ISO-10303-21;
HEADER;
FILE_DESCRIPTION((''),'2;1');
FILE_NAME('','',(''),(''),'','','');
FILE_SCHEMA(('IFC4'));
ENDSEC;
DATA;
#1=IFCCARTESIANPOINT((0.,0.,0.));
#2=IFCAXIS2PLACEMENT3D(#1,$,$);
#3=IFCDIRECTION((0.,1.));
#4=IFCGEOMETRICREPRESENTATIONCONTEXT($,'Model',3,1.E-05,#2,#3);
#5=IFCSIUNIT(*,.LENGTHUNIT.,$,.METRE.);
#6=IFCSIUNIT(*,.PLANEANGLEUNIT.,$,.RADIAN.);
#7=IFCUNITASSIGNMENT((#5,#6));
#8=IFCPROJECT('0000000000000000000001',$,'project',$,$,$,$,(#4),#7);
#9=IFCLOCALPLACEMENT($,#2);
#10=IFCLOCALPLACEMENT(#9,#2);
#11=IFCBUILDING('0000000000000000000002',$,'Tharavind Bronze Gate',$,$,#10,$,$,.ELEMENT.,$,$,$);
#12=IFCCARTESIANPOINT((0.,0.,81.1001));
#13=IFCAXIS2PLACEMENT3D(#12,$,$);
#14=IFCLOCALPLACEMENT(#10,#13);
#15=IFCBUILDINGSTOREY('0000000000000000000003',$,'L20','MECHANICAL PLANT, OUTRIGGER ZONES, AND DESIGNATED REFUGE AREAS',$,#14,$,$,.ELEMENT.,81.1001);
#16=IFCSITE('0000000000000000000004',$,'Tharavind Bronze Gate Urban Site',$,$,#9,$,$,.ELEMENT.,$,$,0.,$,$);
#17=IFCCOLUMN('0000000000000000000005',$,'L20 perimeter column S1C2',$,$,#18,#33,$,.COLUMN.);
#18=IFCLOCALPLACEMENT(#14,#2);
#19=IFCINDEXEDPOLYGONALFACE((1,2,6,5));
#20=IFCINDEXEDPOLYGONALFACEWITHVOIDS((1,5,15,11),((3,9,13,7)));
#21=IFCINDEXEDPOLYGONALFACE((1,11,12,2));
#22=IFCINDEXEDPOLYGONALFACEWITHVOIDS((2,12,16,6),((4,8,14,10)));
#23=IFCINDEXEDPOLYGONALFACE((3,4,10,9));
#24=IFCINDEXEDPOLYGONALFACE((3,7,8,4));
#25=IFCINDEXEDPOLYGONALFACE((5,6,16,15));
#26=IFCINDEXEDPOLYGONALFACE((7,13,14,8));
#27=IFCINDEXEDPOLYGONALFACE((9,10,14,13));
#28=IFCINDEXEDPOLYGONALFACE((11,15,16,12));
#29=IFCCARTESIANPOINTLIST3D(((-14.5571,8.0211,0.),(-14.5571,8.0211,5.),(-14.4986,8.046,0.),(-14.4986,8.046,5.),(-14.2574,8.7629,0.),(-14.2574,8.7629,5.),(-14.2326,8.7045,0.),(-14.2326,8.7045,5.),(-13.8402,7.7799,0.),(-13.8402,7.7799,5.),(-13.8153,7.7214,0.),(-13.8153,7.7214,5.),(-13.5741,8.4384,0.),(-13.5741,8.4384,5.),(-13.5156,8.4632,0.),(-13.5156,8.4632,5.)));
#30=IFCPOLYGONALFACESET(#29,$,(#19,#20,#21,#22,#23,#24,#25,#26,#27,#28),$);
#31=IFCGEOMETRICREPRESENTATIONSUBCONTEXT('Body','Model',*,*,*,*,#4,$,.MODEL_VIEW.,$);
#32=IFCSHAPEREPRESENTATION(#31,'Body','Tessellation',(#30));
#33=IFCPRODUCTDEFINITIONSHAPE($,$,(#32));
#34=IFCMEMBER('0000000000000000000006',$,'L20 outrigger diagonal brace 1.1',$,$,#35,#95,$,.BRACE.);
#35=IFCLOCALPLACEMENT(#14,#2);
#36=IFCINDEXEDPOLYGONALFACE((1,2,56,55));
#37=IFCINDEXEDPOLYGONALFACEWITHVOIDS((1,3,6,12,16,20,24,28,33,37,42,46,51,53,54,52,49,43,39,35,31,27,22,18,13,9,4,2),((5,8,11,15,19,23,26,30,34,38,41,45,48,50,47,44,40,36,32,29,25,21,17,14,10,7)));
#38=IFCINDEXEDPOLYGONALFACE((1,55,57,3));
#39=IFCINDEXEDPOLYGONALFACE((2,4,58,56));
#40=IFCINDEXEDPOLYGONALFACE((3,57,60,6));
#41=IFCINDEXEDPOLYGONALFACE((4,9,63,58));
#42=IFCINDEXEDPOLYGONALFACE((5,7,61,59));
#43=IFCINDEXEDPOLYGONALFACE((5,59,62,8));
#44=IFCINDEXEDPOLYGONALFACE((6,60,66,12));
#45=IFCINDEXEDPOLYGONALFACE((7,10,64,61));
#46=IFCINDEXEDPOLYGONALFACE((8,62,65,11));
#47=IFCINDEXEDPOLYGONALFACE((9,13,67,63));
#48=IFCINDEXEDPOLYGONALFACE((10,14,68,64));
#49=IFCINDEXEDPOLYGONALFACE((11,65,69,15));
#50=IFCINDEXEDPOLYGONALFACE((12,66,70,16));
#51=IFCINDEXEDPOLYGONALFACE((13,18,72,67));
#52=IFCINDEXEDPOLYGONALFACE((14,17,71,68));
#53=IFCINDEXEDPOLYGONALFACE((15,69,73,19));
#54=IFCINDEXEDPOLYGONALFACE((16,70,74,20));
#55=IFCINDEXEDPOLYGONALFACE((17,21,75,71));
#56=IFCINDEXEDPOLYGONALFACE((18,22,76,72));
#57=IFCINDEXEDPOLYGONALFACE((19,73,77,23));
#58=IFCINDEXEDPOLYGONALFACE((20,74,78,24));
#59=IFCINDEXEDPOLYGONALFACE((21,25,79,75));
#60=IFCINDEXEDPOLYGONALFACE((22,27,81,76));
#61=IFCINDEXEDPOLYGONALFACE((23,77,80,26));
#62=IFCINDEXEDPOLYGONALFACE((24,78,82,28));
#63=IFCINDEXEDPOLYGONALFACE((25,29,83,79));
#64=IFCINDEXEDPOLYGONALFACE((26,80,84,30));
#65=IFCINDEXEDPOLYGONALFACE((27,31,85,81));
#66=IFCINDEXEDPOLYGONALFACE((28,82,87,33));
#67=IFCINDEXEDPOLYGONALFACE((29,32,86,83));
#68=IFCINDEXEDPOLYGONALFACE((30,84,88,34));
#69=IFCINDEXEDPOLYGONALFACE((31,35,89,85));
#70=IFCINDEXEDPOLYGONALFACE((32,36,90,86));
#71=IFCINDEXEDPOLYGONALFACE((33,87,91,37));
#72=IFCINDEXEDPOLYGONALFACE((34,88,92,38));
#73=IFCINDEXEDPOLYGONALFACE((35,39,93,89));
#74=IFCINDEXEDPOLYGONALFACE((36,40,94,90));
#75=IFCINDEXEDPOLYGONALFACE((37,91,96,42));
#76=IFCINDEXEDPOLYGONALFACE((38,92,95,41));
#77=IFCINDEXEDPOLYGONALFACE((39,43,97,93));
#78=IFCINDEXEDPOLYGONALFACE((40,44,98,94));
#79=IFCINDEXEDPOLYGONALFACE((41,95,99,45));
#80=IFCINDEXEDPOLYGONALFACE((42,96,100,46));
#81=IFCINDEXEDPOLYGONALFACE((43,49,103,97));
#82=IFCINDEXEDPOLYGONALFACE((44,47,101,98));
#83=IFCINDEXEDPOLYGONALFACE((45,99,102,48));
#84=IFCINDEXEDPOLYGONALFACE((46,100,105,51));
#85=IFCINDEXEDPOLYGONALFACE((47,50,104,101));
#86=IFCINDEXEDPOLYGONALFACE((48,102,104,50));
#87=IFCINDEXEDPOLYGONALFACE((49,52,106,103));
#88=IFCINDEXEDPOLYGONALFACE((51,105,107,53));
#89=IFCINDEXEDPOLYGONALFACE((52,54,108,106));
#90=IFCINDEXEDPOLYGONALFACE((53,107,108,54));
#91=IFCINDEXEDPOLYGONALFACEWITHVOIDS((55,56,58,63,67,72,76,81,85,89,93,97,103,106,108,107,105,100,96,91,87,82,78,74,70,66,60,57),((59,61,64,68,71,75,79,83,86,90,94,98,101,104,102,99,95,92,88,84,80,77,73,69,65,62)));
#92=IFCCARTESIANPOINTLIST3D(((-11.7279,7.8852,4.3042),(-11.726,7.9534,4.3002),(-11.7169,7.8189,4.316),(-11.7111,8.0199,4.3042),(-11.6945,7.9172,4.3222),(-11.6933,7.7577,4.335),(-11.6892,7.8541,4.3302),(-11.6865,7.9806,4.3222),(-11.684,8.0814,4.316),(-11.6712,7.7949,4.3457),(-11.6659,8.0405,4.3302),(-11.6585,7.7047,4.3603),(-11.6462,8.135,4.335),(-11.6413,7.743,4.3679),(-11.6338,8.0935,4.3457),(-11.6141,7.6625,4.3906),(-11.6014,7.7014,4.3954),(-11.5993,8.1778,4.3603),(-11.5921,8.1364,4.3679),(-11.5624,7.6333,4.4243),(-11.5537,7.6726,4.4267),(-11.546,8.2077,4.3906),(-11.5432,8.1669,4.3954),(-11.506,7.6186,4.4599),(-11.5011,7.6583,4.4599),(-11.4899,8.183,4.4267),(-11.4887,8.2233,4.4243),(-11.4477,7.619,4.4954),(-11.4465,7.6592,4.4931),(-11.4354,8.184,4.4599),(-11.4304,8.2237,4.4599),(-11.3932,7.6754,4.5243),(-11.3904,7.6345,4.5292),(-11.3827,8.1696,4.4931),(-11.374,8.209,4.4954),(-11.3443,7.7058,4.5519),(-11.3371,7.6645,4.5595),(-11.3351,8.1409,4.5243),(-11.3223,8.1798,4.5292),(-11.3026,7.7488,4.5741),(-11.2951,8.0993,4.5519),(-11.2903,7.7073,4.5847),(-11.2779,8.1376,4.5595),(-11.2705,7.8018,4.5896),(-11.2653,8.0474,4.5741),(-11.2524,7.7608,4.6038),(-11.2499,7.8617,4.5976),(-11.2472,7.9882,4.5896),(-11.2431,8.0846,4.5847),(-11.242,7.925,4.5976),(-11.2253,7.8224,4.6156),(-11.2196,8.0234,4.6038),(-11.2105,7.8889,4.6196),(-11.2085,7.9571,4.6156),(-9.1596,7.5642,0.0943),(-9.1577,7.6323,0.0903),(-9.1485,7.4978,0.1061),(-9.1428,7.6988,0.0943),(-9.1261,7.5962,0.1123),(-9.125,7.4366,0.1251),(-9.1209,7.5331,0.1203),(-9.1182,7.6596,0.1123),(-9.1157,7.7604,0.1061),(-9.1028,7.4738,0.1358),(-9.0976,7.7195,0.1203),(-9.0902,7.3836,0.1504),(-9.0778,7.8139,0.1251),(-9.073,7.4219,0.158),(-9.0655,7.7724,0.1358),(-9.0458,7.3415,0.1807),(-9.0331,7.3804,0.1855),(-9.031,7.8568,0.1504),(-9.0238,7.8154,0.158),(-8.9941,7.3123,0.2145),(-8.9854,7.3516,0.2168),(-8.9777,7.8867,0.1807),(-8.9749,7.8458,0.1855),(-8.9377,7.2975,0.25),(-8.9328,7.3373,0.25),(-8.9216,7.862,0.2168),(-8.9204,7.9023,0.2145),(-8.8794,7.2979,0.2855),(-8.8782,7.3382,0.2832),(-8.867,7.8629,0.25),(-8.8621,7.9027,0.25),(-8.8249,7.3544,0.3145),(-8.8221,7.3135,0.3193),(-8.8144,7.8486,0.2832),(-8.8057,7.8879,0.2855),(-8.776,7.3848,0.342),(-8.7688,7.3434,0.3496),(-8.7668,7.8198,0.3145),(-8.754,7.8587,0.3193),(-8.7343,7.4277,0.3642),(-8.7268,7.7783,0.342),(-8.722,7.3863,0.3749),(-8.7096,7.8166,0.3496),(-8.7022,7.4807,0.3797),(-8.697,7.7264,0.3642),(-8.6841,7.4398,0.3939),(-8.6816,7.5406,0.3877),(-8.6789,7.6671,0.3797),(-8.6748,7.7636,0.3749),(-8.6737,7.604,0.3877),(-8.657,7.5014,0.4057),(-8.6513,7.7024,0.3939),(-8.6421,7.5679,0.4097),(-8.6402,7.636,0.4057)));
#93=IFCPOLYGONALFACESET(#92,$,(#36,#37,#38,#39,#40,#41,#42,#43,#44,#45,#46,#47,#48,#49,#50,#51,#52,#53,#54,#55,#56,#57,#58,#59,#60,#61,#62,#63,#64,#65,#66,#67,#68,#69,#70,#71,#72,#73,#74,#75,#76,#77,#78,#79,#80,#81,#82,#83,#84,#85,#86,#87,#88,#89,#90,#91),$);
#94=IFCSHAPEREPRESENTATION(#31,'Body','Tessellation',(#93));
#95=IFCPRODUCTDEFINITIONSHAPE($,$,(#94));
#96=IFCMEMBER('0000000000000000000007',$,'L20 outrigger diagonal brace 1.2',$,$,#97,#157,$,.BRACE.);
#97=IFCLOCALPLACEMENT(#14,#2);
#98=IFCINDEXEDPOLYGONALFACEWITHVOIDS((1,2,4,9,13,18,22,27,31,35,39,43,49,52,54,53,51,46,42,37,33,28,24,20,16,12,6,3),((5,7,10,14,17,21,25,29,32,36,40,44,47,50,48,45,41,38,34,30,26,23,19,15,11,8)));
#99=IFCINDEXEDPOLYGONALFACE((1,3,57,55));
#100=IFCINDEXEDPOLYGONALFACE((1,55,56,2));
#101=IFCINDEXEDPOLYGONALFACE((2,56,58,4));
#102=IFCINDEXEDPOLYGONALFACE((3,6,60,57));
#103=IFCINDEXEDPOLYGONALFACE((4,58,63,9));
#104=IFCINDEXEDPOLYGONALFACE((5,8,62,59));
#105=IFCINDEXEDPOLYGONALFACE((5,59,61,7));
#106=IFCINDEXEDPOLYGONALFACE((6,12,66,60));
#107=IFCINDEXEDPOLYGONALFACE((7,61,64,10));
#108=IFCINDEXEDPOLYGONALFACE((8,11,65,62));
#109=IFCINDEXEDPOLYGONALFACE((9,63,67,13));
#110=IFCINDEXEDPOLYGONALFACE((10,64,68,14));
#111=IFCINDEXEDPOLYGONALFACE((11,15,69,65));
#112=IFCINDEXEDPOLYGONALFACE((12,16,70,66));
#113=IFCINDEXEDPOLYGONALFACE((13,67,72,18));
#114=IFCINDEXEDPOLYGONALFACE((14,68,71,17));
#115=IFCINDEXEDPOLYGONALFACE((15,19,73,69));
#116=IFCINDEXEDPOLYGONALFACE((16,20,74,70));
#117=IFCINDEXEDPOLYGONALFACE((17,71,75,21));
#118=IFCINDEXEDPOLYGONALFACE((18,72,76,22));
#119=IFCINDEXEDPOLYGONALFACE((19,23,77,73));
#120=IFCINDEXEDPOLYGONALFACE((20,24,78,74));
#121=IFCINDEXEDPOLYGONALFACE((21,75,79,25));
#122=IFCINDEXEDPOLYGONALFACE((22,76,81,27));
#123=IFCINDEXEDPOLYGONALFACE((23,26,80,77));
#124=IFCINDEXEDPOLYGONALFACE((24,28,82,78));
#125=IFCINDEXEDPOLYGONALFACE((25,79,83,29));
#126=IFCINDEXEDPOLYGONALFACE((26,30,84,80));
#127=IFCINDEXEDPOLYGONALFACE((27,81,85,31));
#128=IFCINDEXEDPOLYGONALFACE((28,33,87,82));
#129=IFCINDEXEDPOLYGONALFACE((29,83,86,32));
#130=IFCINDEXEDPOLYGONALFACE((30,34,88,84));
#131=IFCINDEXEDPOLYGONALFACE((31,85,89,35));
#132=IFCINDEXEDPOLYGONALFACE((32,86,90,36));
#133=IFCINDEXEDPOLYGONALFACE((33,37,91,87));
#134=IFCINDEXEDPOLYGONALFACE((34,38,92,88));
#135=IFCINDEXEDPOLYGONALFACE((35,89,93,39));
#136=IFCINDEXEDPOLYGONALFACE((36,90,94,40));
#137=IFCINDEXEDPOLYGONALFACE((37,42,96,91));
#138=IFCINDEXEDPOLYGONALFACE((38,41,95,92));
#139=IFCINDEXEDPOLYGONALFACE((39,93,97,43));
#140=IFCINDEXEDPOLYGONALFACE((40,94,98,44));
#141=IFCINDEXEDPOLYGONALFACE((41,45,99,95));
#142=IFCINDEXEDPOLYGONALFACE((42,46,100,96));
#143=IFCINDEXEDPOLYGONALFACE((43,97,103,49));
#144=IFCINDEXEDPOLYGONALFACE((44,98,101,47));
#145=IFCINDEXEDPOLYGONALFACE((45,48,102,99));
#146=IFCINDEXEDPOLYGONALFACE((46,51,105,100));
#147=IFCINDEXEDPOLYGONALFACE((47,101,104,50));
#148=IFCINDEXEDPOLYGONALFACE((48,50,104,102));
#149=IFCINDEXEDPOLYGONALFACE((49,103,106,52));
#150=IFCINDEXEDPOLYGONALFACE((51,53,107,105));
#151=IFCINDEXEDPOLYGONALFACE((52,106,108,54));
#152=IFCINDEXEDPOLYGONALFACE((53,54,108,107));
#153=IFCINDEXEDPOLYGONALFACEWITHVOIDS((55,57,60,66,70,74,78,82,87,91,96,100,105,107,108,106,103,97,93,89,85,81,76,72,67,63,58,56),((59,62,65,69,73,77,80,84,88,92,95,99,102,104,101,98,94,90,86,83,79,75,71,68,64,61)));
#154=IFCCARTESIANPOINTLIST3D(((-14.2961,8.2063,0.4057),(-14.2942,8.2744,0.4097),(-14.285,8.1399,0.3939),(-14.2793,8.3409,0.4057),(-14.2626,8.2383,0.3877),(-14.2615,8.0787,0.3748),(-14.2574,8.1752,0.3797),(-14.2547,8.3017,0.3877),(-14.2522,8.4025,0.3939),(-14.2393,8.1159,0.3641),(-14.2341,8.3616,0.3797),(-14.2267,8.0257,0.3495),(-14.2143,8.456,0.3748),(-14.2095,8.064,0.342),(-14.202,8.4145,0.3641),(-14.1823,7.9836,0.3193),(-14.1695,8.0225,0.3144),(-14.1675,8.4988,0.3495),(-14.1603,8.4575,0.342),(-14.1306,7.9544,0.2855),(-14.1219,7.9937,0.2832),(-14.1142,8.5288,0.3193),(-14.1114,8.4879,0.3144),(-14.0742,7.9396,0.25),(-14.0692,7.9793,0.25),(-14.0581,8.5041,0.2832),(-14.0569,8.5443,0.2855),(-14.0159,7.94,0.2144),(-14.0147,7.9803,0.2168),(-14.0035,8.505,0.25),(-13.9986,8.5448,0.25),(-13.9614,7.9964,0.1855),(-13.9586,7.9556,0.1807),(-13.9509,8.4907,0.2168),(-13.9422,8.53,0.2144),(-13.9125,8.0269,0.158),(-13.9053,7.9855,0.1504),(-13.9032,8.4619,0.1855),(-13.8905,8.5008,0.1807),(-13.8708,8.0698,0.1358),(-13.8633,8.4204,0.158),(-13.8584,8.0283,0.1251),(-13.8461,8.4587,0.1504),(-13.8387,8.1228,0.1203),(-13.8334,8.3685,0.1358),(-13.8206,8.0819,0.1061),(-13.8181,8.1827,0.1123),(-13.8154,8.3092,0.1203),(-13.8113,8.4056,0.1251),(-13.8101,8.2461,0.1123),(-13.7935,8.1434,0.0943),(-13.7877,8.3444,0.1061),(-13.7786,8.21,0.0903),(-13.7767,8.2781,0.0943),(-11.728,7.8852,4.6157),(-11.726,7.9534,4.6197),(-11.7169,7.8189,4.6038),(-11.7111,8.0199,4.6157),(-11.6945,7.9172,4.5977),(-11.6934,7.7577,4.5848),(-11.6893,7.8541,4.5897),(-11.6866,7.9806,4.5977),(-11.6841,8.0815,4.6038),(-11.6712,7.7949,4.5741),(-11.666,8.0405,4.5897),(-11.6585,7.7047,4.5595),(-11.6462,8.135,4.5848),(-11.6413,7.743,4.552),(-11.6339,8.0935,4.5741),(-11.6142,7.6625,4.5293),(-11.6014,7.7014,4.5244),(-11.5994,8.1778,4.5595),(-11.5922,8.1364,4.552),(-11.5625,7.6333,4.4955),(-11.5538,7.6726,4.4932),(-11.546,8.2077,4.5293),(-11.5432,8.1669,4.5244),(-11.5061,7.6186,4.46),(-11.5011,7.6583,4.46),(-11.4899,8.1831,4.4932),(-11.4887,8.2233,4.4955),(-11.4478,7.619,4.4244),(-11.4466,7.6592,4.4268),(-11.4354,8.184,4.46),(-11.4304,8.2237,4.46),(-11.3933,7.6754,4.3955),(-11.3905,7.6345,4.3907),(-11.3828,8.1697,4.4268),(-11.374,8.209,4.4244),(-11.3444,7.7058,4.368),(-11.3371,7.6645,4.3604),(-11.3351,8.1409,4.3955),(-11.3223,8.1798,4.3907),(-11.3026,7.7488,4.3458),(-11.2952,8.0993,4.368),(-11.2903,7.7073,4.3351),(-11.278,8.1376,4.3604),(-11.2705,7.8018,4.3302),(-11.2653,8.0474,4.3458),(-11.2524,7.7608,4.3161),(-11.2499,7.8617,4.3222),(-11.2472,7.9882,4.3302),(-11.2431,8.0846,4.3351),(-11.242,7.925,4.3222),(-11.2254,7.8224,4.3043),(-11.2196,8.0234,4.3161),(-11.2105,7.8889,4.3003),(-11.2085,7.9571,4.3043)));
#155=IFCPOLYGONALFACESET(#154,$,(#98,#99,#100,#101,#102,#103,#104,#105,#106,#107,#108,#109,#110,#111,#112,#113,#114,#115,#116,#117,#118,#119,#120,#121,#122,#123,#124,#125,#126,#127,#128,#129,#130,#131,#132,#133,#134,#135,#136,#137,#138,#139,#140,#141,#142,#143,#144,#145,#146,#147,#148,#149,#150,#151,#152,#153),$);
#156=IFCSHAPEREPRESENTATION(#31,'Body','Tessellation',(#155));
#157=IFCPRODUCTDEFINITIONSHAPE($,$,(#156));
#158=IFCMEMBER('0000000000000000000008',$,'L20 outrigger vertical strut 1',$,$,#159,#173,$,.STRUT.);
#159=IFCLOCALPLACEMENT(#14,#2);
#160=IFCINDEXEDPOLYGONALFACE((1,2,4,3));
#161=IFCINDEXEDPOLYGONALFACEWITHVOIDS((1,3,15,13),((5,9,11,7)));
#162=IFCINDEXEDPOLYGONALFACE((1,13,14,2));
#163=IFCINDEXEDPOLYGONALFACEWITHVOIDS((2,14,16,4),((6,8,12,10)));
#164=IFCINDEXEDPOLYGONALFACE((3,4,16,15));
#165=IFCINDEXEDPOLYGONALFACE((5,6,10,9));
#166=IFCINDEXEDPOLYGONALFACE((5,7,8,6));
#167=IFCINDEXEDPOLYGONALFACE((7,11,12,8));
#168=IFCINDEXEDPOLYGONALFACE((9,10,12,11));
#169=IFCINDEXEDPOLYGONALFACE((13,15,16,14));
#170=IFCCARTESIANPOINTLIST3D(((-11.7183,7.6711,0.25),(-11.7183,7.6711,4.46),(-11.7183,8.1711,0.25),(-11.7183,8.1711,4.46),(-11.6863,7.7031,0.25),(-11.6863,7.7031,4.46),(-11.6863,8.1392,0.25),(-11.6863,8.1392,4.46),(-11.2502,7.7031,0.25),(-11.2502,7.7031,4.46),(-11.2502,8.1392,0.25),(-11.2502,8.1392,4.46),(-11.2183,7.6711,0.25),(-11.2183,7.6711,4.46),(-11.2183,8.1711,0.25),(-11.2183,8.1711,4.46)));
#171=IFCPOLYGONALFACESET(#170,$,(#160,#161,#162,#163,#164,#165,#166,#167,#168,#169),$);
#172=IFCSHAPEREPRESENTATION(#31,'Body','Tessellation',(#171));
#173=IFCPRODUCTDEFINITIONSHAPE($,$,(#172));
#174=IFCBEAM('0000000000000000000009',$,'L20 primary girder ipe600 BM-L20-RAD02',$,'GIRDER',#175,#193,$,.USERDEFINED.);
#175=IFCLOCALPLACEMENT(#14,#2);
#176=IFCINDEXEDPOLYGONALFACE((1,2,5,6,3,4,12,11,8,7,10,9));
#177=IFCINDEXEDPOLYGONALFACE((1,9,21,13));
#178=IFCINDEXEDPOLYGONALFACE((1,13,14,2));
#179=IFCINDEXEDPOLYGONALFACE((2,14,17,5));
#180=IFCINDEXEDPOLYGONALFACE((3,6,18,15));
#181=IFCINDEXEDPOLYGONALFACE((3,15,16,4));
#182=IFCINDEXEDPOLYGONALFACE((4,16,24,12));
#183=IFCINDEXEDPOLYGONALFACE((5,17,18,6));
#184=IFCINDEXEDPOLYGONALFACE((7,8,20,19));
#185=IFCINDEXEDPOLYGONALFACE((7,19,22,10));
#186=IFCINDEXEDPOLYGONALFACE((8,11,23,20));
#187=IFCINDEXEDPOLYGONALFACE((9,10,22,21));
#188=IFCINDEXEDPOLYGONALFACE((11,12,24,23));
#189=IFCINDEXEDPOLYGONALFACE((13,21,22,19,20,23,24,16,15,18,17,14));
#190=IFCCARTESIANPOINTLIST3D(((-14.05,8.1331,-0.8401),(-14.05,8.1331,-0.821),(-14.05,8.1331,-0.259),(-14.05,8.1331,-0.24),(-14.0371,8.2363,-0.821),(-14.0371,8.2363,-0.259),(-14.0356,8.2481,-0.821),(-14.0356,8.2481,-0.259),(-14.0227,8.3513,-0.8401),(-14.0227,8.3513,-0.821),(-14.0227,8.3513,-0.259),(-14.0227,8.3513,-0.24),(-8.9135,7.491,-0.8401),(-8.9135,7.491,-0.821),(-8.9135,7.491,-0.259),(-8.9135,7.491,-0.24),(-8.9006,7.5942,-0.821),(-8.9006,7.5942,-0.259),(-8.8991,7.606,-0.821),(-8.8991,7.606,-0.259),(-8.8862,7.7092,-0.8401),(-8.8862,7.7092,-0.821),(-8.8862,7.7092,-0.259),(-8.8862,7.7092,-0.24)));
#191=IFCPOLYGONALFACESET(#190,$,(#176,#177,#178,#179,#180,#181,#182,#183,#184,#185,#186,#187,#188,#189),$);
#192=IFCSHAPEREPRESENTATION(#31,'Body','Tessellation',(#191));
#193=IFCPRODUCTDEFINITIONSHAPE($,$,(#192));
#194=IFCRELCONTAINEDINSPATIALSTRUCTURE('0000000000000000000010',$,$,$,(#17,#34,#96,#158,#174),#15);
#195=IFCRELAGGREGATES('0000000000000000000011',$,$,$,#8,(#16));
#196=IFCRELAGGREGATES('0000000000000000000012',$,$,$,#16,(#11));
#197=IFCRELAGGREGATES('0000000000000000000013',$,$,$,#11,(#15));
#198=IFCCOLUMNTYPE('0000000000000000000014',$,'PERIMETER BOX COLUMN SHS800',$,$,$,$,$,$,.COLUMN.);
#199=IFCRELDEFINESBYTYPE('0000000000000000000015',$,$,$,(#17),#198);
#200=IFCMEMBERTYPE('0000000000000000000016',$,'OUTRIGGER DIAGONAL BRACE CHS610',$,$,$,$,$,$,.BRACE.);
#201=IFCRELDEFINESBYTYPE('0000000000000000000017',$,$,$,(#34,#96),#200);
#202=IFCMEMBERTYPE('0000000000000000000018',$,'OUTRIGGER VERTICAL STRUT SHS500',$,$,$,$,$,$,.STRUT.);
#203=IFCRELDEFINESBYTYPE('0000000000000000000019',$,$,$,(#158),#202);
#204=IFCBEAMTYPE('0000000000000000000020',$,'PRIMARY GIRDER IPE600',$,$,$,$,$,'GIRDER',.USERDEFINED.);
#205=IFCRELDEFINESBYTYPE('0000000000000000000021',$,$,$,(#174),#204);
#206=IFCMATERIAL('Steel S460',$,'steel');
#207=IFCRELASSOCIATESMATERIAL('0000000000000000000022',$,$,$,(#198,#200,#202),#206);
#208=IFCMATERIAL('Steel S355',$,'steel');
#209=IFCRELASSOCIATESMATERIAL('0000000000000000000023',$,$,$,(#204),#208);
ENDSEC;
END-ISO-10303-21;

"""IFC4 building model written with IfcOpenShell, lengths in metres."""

from ifc_helpers import new_model, si_unit, direction, frame, origin, origin_2d, place, context, subcontext, project, spatial, hollow_rectangle, hollow_circle, i_section, extrude, material, material_profile, profile_set, type_object, element, save


model = new_model("IFC4")

# Units and contexts
model_context = context("Model", 3, precision=1e-05, world=origin(), true_north=direction((0.0, 1.0)))
body_context = subcontext(model_context, "Body", "Model", "MODEL_VIEW")
ifc_project = project(units=[si_unit("LENGTHUNIT", "METRE"), si_unit("PLANEANGLEUNIT", "RADIAN")], contexts=[model_context])

# Site, building, storey
site_placement = place(None, origin())
site = spatial("IfcSite", under=ifc_project, at=site_placement, Name="Tharavind Bronze Gate Urban Site", CompositionType="ELEMENT", RefElevation=0.0)
building_placement = place(site_placement, origin())
building = spatial("IfcBuilding", under=site, at=building_placement, Name="Tharavind Bronze Gate", CompositionType="ELEMENT")
storey_placement = place(building_placement, frame((0.0, 0.0, 81.1001)))
storey = spatial("IfcBuildingStorey", under=building, at=storey_placement, Name="L20", Description="MECHANICAL PLANT, OUTRIGGER ZONES, AND DESIGNATED REFUGE AREAS", CompositionType="ELEMENT", Elevation=81.1001)

# Column
ifc_material_1 = material(Name="Steel S460", Category="steel")
ifc_material_profile_1 = material_profile(ifc_material_1, hollow_rectangle(XDim=0.8, YDim=0.8, WallThickness=0.0449, at=origin_2d()), Name="SHS800X45")
ifc_profile_set_1 = profile_set([ifc_material_profile_1], Name="Steel S460")
column_type = type_object("IfcColumnType", Name="PERIMETER BOX COLUMN SHS800", PredefinedType="COLUMN", material=ifc_profile_set_1)
column_placement = place(storey_placement, frame((-14.0364, 8.2422, 0.0), z_axis=(0.0, 0.0, 1.0), x_axis=(0.374608, 0.927183, 0.0)))
element("IfcColumn", 1, at=column_placement, inside=storey, type_object=column_type, Name="L20 perimeter column S1C2", PredefinedType="COLUMN", context=body_context, shape_type="SweptSolid", body=[
    extrude(hollow_rectangle(XDim=0.8, YDim=0.8, WallThickness=0.0449, at=origin_2d()), origin(), (0.0, 0.0, 1.0), 5.0),
])

# Members
ifc_material_profile_2 = material_profile(ifc_material_1, hollow_circle(Radius=0.3049, WallThickness=0.04, at=origin_2d()), Name="CHS610X40")
ifc_profile_set_2 = profile_set([ifc_material_profile_2], Name="Steel S460")
member_type_1 = type_object("IfcMemberType", Name="OUTRIGGER DIAGONAL BRACE CHS610", PredefinedType="BRACE", material=ifc_profile_set_2)
for number, where, z_axis, x_axis, name in (
    (2, (-8.8999, 7.6001, 0.25), (-0.519701, 0.064963, 0.851875), (-0.124035, -0.992278, 0.0), "L20 outrigger diagonal brace 1.1"),
    (3, (-11.4683, 7.9211, 4.46), (-0.519665, 0.064964, -0.851897), (-0.124046, -0.992276, 0.0), "L20 outrigger diagonal brace 1.2"),
):
    element("IfcMember", number, at=place(storey_placement, frame(where, z_axis=z_axis, x_axis=x_axis)), inside=storey, type_object=member_type_1, Name=name, PredefinedType="BRACE", context=body_context, shape_type="SweptSolid", body=[
        extrude(hollow_circle(Radius=0.3049, WallThickness=0.04, at=origin_2d()), origin(), (0.0, 0.0, 1.0), 4.9419),
    ])
ifc_material_profile_3 = material_profile(ifc_material_1, hollow_rectangle(XDim=0.5, YDim=0.5, WallThickness=0.032, at=origin_2d()), Name="SHS500X32")
ifc_profile_set_3 = profile_set([ifc_material_profile_3], Name="Steel S460")
member_type_2 = type_object("IfcMemberType", Name="OUTRIGGER VERTICAL STRUT SHS500", PredefinedType="STRUT", material=ifc_profile_set_3)
member_placement = place(storey_placement, frame((-11.4683, 7.9211, 0.25), z_axis=(0.0, 0.0, 1.0), x_axis=(1.0, 0.0, 0.0)))
element("IfcMember", 4, at=member_placement, inside=storey, type_object=member_type_2, Name="L20 outrigger vertical strut 1", PredefinedType="STRUT", context=body_context, shape_type="SweptSolid", body=[
    extrude(hollow_rectangle(XDim=0.5, YDim=0.5, WallThickness=0.032, at=origin_2d()), origin(), (0.0, 0.0, 1.0), 4.21),
])

# Beam
ifc_material_2 = material(Name="Steel S355", Category="steel")
ifc_material_profile_4 = material_profile(ifc_material_2, i_section(OverallWidth=0.22, OverallDepth=0.6001, WebThickness=0.012, FlangeThickness=0.019, at=origin_2d()), Name="IPE600")
ifc_profile_set_4 = profile_set([ifc_material_profile_4], Name="Steel S355")
beam_type_1 = type_object("IfcBeamType", Name="PRIMARY GIRDER IPE600", ElementType="GIRDER", PredefinedType="USERDEFINED", material=ifc_profile_set_4)
beam_1_placement = place(storey_placement, frame((-14.0364, 8.2422, -0.54), z_axis=(0.992277, -0.124041, 0.0), x_axis=(0.124041, 0.992277, 0.0)))
element("IfcBeam", 5, at=beam_1_placement, inside=storey, type_object=beam_type_1, Name="L20 primary girder ipe600 BM-L20-RAD02", ObjectType="GIRDER", PredefinedType="USERDEFINED", context=body_context, shape_type="SweptSolid", body=[
    extrude(i_section(OverallWidth=0.22, OverallDepth=0.6001, WebThickness=0.012, FlangeThickness=0.019, at=origin_2d()), origin(), (0.0, 0.0, 1.0), 5.1765),
])

save(model, "model.ifc")
